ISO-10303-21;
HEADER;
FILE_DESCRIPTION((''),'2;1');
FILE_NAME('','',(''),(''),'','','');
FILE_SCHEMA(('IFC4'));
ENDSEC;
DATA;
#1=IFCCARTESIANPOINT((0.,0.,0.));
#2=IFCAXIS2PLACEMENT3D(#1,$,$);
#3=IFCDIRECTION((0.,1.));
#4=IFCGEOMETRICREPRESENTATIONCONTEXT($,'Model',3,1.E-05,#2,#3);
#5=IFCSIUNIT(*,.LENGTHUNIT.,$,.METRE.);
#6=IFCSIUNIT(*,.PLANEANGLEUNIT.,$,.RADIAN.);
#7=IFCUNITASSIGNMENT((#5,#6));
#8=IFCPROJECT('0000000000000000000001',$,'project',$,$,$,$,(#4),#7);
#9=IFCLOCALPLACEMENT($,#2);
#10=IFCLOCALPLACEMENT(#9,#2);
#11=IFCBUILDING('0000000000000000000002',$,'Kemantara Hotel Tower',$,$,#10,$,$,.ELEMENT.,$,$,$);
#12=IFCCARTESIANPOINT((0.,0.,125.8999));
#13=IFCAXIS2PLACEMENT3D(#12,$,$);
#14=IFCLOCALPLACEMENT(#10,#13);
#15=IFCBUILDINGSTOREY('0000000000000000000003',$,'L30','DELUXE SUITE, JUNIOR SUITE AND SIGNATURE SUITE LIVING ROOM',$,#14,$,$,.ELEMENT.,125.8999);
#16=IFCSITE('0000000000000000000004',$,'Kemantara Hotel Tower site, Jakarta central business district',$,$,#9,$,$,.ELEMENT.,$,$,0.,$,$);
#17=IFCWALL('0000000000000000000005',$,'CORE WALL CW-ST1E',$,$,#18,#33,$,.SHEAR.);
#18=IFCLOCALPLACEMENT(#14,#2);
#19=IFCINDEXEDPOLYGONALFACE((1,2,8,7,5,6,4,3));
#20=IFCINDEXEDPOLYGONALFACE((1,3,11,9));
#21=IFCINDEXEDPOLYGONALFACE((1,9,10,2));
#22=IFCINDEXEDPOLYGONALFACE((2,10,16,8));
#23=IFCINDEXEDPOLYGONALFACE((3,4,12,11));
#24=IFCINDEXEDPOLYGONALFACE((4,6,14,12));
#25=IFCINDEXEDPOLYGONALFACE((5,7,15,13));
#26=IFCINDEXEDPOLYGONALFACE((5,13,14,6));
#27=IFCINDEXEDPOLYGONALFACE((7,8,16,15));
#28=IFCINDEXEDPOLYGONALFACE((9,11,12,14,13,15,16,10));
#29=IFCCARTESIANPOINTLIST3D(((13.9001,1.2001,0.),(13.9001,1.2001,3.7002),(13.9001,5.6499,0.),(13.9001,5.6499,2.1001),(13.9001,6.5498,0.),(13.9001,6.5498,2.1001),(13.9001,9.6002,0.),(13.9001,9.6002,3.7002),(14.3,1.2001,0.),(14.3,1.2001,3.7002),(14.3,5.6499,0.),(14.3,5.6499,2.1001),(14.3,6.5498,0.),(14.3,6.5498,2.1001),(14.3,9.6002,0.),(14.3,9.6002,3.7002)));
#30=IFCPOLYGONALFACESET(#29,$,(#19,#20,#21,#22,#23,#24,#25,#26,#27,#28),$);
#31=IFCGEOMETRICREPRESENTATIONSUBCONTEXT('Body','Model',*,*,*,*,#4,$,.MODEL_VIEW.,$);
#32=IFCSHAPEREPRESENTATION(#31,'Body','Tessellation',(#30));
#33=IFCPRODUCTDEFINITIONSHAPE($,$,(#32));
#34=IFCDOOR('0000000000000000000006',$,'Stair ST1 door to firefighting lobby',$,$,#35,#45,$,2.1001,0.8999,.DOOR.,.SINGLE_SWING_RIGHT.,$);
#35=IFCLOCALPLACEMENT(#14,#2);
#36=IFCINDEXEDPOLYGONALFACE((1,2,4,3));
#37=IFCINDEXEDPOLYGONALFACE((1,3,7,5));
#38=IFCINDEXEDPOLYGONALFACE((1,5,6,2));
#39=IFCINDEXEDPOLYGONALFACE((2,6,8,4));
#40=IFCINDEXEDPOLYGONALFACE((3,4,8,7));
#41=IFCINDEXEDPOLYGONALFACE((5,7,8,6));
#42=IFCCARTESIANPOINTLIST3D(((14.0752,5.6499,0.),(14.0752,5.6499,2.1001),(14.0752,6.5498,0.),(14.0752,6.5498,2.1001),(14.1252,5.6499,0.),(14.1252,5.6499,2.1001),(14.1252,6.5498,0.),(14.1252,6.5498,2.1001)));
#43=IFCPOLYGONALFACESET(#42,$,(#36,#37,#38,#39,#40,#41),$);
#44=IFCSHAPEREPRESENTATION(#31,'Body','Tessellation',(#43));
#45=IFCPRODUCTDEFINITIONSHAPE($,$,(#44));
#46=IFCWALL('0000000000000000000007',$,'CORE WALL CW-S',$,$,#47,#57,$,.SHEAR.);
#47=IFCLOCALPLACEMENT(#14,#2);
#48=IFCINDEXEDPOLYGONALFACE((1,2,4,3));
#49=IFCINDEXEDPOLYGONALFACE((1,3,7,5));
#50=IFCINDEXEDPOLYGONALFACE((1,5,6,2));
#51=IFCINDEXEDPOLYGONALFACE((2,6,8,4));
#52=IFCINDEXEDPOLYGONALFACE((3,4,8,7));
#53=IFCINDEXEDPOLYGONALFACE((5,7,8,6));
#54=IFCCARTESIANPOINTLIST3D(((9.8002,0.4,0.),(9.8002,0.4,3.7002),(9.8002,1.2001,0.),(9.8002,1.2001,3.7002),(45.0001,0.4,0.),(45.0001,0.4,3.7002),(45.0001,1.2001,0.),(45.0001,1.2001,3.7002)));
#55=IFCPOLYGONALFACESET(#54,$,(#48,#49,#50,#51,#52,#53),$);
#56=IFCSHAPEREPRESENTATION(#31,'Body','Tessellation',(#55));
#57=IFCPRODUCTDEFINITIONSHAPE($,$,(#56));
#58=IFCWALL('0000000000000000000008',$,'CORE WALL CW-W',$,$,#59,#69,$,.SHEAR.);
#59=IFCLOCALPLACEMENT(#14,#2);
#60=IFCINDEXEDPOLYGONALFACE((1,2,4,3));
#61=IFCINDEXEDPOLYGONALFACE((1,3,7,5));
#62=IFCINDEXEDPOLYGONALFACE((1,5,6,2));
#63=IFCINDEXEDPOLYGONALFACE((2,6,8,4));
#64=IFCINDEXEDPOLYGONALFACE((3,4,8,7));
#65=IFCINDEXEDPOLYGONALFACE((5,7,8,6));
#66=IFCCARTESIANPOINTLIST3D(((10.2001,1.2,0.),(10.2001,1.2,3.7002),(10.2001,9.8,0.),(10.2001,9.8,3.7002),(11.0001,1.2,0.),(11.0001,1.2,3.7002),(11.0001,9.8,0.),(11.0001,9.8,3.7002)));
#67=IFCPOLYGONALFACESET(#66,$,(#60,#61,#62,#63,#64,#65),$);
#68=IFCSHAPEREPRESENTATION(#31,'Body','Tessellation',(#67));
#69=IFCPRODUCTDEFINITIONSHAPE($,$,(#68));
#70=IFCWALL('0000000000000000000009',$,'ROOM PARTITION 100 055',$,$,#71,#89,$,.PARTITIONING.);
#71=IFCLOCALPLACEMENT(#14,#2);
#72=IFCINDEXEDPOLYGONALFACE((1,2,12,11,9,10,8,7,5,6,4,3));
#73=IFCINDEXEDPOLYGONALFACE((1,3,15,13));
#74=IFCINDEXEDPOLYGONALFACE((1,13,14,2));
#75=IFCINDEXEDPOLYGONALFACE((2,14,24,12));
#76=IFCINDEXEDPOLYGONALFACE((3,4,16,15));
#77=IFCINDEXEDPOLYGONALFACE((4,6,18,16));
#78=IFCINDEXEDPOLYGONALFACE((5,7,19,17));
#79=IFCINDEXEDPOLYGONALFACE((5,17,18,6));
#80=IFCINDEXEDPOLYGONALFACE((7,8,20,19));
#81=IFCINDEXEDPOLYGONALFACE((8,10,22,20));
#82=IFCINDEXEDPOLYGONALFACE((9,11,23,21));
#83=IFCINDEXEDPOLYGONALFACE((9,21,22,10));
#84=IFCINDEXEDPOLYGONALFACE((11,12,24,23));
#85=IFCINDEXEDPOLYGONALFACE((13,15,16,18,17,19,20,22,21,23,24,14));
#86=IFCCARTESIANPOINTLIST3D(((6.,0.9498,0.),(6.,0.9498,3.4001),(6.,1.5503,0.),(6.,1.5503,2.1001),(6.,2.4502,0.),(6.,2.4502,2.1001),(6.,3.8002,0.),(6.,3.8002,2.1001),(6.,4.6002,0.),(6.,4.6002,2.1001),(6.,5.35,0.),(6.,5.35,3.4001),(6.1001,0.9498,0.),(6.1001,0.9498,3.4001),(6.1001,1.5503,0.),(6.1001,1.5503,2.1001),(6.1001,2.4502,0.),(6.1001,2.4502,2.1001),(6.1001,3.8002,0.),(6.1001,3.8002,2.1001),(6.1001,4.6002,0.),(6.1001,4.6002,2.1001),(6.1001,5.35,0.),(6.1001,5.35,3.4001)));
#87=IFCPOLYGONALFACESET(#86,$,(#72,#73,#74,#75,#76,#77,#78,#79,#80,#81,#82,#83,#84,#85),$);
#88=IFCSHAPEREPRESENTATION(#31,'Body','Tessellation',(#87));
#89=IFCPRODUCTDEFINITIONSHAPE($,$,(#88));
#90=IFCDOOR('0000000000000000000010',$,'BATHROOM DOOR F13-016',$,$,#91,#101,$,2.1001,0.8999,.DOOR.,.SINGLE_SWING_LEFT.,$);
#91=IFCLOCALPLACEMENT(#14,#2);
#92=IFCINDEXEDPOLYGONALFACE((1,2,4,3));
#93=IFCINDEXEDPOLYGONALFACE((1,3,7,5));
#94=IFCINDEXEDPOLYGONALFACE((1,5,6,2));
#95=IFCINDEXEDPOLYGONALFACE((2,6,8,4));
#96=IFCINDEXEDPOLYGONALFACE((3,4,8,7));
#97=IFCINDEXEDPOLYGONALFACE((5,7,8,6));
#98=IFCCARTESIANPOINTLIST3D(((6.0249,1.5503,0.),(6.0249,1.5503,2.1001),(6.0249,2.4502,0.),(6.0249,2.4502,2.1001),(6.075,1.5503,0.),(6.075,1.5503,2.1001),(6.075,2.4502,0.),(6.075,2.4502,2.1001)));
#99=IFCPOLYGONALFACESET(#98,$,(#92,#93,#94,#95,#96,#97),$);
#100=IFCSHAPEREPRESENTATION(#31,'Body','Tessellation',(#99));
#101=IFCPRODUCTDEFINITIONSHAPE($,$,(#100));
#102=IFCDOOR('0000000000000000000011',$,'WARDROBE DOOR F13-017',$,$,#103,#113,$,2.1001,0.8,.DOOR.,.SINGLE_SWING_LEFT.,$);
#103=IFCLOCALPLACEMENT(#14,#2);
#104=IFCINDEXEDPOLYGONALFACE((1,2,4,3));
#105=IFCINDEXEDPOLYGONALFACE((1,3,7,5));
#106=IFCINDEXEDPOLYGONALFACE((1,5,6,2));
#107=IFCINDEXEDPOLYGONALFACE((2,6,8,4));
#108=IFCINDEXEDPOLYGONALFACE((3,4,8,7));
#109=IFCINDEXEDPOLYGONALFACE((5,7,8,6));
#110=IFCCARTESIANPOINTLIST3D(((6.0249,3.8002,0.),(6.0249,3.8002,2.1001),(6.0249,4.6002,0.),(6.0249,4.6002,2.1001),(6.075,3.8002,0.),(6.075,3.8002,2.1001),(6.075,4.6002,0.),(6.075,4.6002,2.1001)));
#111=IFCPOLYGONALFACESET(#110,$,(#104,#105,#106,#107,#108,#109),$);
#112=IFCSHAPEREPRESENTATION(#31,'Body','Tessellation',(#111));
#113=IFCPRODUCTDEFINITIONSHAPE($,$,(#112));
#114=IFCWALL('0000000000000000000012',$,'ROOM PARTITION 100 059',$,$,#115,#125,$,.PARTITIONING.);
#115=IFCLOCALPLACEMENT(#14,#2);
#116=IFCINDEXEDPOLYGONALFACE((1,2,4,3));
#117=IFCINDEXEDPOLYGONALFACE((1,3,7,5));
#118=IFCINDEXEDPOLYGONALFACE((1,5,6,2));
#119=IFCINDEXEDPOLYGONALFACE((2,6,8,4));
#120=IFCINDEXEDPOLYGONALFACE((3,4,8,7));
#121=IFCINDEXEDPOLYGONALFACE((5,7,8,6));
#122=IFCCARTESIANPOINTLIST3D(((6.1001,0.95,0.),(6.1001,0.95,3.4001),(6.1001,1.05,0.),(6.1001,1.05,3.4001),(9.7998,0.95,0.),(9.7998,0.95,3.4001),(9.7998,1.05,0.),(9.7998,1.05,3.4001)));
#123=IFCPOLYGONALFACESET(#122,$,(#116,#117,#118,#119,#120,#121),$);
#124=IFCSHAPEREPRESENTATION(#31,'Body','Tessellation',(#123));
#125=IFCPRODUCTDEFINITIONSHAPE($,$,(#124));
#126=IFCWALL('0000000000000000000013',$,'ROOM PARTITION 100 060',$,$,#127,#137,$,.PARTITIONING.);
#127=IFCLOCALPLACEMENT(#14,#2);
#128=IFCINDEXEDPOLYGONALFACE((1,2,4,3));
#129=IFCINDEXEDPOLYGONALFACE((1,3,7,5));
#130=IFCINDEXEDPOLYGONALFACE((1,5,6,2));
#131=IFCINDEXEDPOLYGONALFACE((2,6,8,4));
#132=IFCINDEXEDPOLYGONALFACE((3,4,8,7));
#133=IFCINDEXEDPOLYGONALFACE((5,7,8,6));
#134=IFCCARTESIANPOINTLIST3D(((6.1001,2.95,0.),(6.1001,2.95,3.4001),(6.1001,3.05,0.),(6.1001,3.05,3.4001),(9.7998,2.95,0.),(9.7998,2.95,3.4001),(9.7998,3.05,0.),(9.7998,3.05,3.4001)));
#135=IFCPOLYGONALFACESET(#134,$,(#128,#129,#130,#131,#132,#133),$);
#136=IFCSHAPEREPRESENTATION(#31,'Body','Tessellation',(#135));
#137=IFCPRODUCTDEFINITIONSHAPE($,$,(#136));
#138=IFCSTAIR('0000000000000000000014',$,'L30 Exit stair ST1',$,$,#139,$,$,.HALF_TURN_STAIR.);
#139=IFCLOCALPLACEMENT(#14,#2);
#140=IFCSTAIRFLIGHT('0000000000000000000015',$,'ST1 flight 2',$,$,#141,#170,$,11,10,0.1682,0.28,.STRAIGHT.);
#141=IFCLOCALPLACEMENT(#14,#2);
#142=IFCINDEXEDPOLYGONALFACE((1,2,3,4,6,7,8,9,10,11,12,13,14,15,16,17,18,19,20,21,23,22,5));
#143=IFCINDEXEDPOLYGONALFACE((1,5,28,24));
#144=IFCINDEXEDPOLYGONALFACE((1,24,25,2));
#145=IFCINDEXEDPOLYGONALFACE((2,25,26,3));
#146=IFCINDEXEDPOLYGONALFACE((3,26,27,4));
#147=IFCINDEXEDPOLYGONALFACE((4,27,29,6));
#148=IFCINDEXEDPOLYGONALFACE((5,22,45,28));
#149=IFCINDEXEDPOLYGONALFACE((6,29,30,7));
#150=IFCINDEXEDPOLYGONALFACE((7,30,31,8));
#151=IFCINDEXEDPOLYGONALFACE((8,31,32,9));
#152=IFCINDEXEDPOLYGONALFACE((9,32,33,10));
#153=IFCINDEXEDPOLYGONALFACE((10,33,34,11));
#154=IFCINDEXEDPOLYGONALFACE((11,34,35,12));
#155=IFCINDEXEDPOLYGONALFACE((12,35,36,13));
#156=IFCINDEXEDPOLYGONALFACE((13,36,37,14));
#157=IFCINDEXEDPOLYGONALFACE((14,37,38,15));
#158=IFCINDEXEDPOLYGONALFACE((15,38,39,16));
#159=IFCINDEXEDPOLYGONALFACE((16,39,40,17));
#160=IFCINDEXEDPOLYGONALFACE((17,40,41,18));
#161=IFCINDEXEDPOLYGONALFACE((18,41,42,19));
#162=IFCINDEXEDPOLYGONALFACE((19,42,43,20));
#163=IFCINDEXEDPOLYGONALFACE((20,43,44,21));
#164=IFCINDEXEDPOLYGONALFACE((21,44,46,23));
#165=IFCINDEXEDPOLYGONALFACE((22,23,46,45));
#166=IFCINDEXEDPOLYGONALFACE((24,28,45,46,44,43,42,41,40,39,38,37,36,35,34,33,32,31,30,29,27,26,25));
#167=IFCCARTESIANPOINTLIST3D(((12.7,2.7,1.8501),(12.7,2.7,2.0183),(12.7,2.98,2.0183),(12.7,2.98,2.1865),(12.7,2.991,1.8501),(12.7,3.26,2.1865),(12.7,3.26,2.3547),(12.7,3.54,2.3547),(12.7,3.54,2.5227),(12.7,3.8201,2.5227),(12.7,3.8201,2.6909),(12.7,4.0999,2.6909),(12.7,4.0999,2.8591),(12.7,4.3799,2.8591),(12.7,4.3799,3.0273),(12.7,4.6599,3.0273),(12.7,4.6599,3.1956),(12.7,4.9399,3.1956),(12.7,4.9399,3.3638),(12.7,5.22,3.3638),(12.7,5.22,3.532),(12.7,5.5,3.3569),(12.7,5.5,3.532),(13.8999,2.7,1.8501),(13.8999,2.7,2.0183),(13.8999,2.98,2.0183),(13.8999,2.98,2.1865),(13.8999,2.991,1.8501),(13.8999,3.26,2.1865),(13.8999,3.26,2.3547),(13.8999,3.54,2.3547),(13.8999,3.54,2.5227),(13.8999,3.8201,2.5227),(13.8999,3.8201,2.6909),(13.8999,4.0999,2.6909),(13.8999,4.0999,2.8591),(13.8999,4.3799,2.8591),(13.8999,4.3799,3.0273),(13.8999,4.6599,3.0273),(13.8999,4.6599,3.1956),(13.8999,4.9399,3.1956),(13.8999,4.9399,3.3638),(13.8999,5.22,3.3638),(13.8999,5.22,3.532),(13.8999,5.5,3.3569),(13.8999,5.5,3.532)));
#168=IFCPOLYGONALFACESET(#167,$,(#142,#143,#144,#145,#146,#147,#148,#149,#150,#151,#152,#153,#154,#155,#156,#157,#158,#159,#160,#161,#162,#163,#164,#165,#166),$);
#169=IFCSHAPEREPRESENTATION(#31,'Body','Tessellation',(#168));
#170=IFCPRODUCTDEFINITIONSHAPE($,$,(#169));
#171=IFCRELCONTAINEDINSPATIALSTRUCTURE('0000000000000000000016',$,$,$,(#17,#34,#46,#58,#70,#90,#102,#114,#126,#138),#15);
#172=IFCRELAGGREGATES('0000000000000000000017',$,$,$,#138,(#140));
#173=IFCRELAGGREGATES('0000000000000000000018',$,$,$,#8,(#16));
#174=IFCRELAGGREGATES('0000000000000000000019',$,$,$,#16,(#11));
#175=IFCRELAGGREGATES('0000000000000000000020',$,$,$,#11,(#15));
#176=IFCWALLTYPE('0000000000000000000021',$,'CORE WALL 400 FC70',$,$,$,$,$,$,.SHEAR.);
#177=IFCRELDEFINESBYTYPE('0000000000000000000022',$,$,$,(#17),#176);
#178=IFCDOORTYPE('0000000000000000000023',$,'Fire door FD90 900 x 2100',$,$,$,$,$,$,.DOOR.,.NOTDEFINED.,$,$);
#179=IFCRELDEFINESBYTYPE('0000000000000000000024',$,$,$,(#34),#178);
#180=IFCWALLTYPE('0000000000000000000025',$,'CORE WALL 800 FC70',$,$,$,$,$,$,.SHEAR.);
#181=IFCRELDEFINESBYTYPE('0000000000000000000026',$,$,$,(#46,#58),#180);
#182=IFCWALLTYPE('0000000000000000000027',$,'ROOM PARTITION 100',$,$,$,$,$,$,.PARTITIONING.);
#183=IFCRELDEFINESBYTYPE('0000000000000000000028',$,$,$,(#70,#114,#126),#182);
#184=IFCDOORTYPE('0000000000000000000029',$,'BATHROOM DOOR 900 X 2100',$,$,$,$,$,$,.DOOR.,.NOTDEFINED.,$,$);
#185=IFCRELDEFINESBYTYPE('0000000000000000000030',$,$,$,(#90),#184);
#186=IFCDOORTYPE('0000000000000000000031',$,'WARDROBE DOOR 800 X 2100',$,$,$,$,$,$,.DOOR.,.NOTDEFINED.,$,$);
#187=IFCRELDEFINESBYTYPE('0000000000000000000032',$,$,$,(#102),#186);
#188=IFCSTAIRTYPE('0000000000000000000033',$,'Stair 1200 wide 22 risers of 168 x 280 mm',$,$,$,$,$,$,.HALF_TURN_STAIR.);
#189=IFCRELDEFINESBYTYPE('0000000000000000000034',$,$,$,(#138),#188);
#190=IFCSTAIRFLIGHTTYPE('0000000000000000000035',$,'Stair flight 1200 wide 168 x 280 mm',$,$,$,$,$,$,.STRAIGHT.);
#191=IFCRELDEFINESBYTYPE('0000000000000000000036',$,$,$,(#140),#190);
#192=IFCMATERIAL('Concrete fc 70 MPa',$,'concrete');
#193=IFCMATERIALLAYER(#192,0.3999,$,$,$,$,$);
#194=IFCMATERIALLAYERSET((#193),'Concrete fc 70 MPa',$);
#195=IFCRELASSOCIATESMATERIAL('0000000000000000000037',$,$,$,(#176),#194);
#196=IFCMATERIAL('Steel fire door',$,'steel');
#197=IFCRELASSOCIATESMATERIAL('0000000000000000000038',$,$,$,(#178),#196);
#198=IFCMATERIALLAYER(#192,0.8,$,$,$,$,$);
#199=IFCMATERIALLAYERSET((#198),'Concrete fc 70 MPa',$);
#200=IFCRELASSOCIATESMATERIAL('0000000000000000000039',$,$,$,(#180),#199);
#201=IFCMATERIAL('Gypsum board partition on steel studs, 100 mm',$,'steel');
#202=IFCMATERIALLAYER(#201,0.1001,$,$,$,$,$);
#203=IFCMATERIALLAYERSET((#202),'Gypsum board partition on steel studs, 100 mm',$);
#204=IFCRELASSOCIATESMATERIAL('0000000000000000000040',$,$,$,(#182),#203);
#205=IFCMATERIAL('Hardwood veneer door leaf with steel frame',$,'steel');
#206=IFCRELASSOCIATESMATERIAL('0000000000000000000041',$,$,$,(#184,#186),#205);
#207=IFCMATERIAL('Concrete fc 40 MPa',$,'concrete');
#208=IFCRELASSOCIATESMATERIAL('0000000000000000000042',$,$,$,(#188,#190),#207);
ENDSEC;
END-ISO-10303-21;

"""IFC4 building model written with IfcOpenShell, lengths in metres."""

from ifc_helpers import new_model, si_unit, direction, frame, frame_2d, origin, place, context, subcontext, project, spatial, polyline, rectangle, outline, extrude, material, layer, layer_set, type_object, element, fill, aggregate, save


model = new_model("IFC4")

# Units and contexts
model_context = context("Model", 3, precision=1e-05, world=origin(), true_north=direction((0.0, 1.0)))
body_context = subcontext(model_context, "Body", "Model", "MODEL_VIEW")
ifc_project = project(units=[si_unit("LENGTHUNIT", "METRE"), si_unit("PLANEANGLEUNIT", "RADIAN")], contexts=[model_context])

# Site, building, storey
site_placement = place(None, origin())
site = spatial("IfcSite", under=ifc_project, at=site_placement, Name="Kemantara Hotel Tower site, Jakarta central business district", CompositionType="ELEMENT", RefElevation=0.0)
building_placement = place(site_placement, origin())
building = spatial("IfcBuilding", under=site, at=building_placement, Name="Kemantara Hotel Tower", CompositionType="ELEMENT")
storey_placement = place(building_placement, frame((0.0, 0.0, 125.8999)))
storey = spatial("IfcBuildingStorey", under=building, at=storey_placement, Name="L30", Description="DELUXE SUITE, JUNIOR SUITE AND SIGNATURE SUITE LIVING ROOM", CompositionType="ELEMENT", Elevation=125.8999)

# Shared definitions
ifc_material_1 = material(Name="Concrete fc 70 MPa", Category="concrete")
ifc_layer_1 = layer(ifc_material_1, 0.3999)
ifc_layer_set_1 = layer_set([ifc_layer_1], Name="Concrete fc 70 MPa")
wall_type_1 = type_object("IfcWallType", Name="CORE WALL 400 FC70", PredefinedType="SHEAR", material=ifc_layer_set_1)
ifc_material_2 = material(Name="Steel fire door", Category="steel")

# Wall, opening, door
wall_1_placement = place(storey_placement, frame((14.1001, 1.2, 0.0), z_axis=(0.0, 0.0, 1.0), x_axis=(0.0, 1.0, 0.0)))
wall_1 = element("IfcWall", 1, at=wall_1_placement, inside=storey, type_object=wall_type_1, Name="CORE WALL CW-ST1E", PredefinedType="SHEAR", context=body_context, shape_type="SweptSolid", body=[
    extrude(rectangle(XDim=8.4001, YDim=0.3999, at=frame_2d((4.2002, 0.0))), origin(), (0.0, 0.0, 1.0), 3.7002),
])
opening_1_placement = place(wall_1_placement, frame((4.45, 0.0, 0.0)))
opening_1 = element("IfcOpeningElement", 2, at=opening_1_placement, cuts=wall_1, PredefinedType="OPENING", context=body_context, shape_type="SweptSolid", body=[
    extrude(rectangle(XDim=0.8999, YDim=2.1001, at=frame_2d((0.45, 1.05))), frame((0.0, 0.21, 0.0), z_axis=(0.0, -1.0, 0.0), x_axis=(1.0, 0.0, 0.0)), (0.0, 0.0, 1.0), 0.4199),
])
door_type_1 = type_object("IfcDoorType", Name="Fire door FD90 900 x 2100", OperationType="NOTDEFINED", PredefinedType="DOOR", material=ifc_material_2)
door_1_placement = place(opening_1_placement, origin())
door_1 = element("IfcDoor", 3, at=door_1_placement, inside=storey, type_object=door_type_1, Name="Stair ST1 door to firefighting lobby", OperationType="SINGLE_SWING_RIGHT", OverallHeight=2.1001, OverallWidth=0.8999, PredefinedType="DOOR", context=body_context, shape_type="SweptSolid", body=[
    extrude(rectangle(XDim=0.8999, YDim=2.1001, at=frame_2d((0.45, 1.05))), frame((0.0, 0.0249, 0.0), z_axis=(0.0, -1.0, 0.0), x_axis=(1.0, 0.0, 0.0)), (0.0, 0.0, 1.0), 0.05),
])
fill(opening_1, door_1)

# Walls
ifc_layer_2 = layer(ifc_material_1, 0.8)
ifc_layer_set_2 = layer_set([ifc_layer_2], Name="Concrete fc 70 MPa")
wall_type_2 = type_object("IfcWallType", Name="CORE WALL 800 FC70", PredefinedType="SHEAR", material=ifc_layer_set_2)
wall_2_placement = place(storey_placement, frame((9.8, 0.8, 0.0), z_axis=(0.0, 0.0, 1.0), x_axis=(1.0, 0.0, 0.0)))
element("IfcWall", 4, at=wall_2_placement, inside=storey, type_object=wall_type_2, Name="CORE WALL CW-S", PredefinedType="SHEAR", context=body_context, shape_type="SweptSolid", body=[
    extrude(rectangle(XDim=35.2, YDim=0.8, at=frame_2d((17.6001, 0.0))), origin(), (0.0, 0.0, 1.0), 3.7002),
])
wall_3_placement = place(storey_placement, frame((10.6001, 1.2, 0.0), z_axis=(0.0, 0.0, 1.0), x_axis=(0.0, 1.0, 0.0)))
element("IfcWall", 5, at=wall_3_placement, inside=storey, type_object=wall_type_2, Name="CORE WALL CW-W", PredefinedType="SHEAR", context=body_context, shape_type="SweptSolid", body=[
    extrude(rectangle(XDim=8.6001, YDim=0.8, at=frame_2d((4.3, 0.0))), origin(), (0.0, 0.0, 1.0), 3.7002),
])

# Wall, openings, doors
ifc_material_3 = material(Name="Gypsum board partition on steel studs, 100 mm", Category="steel")
ifc_layer_3 = layer(ifc_material_3, 0.1001)
ifc_layer_set_3 = layer_set([ifc_layer_3], Name="Gypsum board partition on steel studs, 100 mm")
wall_type_3 = type_object("IfcWallType", Name="ROOM PARTITION 100", PredefinedType="PARTITIONING", material=ifc_layer_set_3)
wall_4_placement = place(storey_placement, frame((6.05, 5.3501, 0.0), z_axis=(0.0, 0.0, 1.0), x_axis=(0.0, -1.0, 0.0)))
wall_4 = element("IfcWall", 6, at=wall_4_placement, inside=storey, type_object=wall_type_3, Name="ROOM PARTITION 100 055", PredefinedType="PARTITIONING", context=body_context, shape_type="SweptSolid", body=[
    extrude(rectangle(XDim=4.4001, YDim=0.1001, at=frame_2d((2.2002, 0.0))), origin(), (0.0, 0.0, 1.0), 3.4001),
])
opening_2_placement = place(wall_4_placement, frame((2.8999, 0.0, 0.0)))
opening_2 = element("IfcOpeningElement", 7, at=opening_2_placement, cuts=wall_4, PredefinedType="OPENING", context=body_context, shape_type="SweptSolid", body=[
    extrude(rectangle(XDim=0.8999, YDim=2.1001, at=frame_2d((0.45, 1.05))), frame((0.0, 0.0601, 0.0), z_axis=(0.0, -1.0, 0.0), x_axis=(1.0, 0.0, 0.0)), (0.0, 0.0, 1.0), 0.1201),
])
opening_3_placement = place(wall_4_placement, frame((0.75, 0.0, 0.0)))
opening_3 = element("IfcOpeningElement", 8, at=opening_3_placement, cuts=wall_4, PredefinedType="OPENING", context=body_context, shape_type="SweptSolid", body=[
    extrude(rectangle(XDim=0.8, YDim=2.1001, at=frame_2d((0.3999, 1.05))), frame((0.0, 0.0601, 0.0), z_axis=(0.0, -1.0, 0.0), x_axis=(1.0, 0.0, 0.0)), (0.0, 0.0, 1.0), 0.1201),
])
ifc_material_4 = material(Name="Hardwood veneer door leaf with steel frame", Category="steel")
door_type_2 = type_object("IfcDoorType", Name="BATHROOM DOOR 900 X 2100", OperationType="NOTDEFINED", PredefinedType="DOOR", material=ifc_material_4)
door_2_placement = place(opening_2_placement, origin())
door_2 = element("IfcDoor", 9, at=door_2_placement, inside=storey, type_object=door_type_2, Name="BATHROOM DOOR F13-016", OperationType="SINGLE_SWING_LEFT", OverallHeight=2.1001, OverallWidth=0.8999, PredefinedType="DOOR", context=body_context, shape_type="SweptSolid", body=[
    extrude(rectangle(XDim=0.8999, YDim=2.1001, at=frame_2d((0.45, 1.05))), frame((0.0, 0.0249, 0.0), z_axis=(0.0, -1.0, 0.0), x_axis=(1.0, 0.0, 0.0)), (0.0, 0.0, 1.0), 0.05),
])
fill(opening_2, door_2)
door_type_3 = type_object("IfcDoorType", Name="WARDROBE DOOR 800 X 2100", OperationType="NOTDEFINED", PredefinedType="DOOR", material=ifc_material_4)
door_3_placement = place(opening_3_placement, origin())
door_3 = element("IfcDoor", 10, at=door_3_placement, inside=storey, type_object=door_type_3, Name="WARDROBE DOOR F13-017", OperationType="SINGLE_SWING_LEFT", OverallHeight=2.1001, OverallWidth=0.8, PredefinedType="DOOR", context=body_context, shape_type="SweptSolid", body=[
    extrude(rectangle(XDim=0.8, YDim=2.1001, at=frame_2d((0.3999, 1.05))), frame((0.0, 0.0249, 0.0), z_axis=(0.0, -1.0, 0.0), x_axis=(1.0, 0.0, 0.0)), (0.0, 0.0, 1.0), 0.05),
])
fill(opening_3, door_3)

# Walls
for number, where, z_axis, x_axis, name in (
    (11, (6.1001, 1.0, 0.0), (0.0, 0.0, 1.0), (1.0, 0.0, 0.0), "ROOM PARTITION 100 059"),
    (12, (6.1001, 3.0, 0.0), (0.0, 0.0, 1.0), (1.0, 0.0, 0.0), "ROOM PARTITION 100 060"),
):
    element("IfcWall", number, at=place(storey_placement, frame(where, z_axis=z_axis, x_axis=x_axis)), inside=storey, type_object=wall_type_3, Name=name, PredefinedType="PARTITIONING", context=body_context, shape_type="SweptSolid", body=[
        extrude(rectangle(XDim=3.6997, YDim=0.1001, at=frame_2d((1.8499, 0.0))), origin(), (0.0, 0.0, 1.0), 3.4001),
    ])

# Stair, stair flight
ifc_material_5 = material(Name="Concrete fc 40 MPa", Category="concrete")
stair_type = type_object("IfcStairType", Name="Stair 1200 wide 22 risers of 168 x 280 mm", PredefinedType="HALF_TURN_STAIR", material=ifc_material_5)
stair_placement = place(storey_placement, origin())
stair = element("IfcStair", 13, at=stair_placement, inside=storey, type_object=stair_type, Name="L30 Exit stair ST1", PredefinedType="HALF_TURN_STAIR")
stair_flight_type = type_object("IfcStairFlightType", Name="Stair flight 1200 wide 168 x 280 mm", PredefinedType="STRAIGHT", material=ifc_material_5)
stair_flight_placement = place(storey_placement, frame((13.3, 2.7, 1.8501), z_axis=(0.0, 0.0, 1.0), x_axis=(0.0, 1.0, 0.0)))
stair_flight = element("IfcStairFlight", 14, at=stair_flight_placement, type_object=stair_flight_type, Name="ST1 flight 2", NumberOfRisers=11, NumberOfTreads=10, PredefinedType="STRAIGHT", RiserHeight=0.1682, TreadLength=0.28, context=body_context, shape_type="SweptSolid", body=[
    extrude(outline(polyline([(0.0, 0.0), (0.0, 0.1682), (0.28, 0.1682), (0.28, 0.3364), (0.5601, 0.3364), (0.5601, 0.5046), (0.8401, 0.5046), (0.8401, 0.6726), (1.1201, 0.6726), (1.1201, 0.8408), (1.3999, 0.8408), (1.3999, 1.009), (1.6799, 1.009), (1.6799, 1.1772), (1.96, 1.1772), (1.96, 1.3455), (2.24, 1.3455), (2.24, 1.5137), (2.52, 1.5137), (2.52, 1.6819), (2.8, 1.6819), (2.8, 1.8501), (2.8, 1.5068), (0.291, 0.0), (0.0, 0.0)])), frame((0.0, 0.6001, 0.0), z_axis=(0.0, -1.0, 0.0), x_axis=(1.0, 0.0, 0.0)), (0.0, 0.0, 1.0), 1.2),
])
aggregate(stair, [stair_flight])

save(model, "model.ifc")
